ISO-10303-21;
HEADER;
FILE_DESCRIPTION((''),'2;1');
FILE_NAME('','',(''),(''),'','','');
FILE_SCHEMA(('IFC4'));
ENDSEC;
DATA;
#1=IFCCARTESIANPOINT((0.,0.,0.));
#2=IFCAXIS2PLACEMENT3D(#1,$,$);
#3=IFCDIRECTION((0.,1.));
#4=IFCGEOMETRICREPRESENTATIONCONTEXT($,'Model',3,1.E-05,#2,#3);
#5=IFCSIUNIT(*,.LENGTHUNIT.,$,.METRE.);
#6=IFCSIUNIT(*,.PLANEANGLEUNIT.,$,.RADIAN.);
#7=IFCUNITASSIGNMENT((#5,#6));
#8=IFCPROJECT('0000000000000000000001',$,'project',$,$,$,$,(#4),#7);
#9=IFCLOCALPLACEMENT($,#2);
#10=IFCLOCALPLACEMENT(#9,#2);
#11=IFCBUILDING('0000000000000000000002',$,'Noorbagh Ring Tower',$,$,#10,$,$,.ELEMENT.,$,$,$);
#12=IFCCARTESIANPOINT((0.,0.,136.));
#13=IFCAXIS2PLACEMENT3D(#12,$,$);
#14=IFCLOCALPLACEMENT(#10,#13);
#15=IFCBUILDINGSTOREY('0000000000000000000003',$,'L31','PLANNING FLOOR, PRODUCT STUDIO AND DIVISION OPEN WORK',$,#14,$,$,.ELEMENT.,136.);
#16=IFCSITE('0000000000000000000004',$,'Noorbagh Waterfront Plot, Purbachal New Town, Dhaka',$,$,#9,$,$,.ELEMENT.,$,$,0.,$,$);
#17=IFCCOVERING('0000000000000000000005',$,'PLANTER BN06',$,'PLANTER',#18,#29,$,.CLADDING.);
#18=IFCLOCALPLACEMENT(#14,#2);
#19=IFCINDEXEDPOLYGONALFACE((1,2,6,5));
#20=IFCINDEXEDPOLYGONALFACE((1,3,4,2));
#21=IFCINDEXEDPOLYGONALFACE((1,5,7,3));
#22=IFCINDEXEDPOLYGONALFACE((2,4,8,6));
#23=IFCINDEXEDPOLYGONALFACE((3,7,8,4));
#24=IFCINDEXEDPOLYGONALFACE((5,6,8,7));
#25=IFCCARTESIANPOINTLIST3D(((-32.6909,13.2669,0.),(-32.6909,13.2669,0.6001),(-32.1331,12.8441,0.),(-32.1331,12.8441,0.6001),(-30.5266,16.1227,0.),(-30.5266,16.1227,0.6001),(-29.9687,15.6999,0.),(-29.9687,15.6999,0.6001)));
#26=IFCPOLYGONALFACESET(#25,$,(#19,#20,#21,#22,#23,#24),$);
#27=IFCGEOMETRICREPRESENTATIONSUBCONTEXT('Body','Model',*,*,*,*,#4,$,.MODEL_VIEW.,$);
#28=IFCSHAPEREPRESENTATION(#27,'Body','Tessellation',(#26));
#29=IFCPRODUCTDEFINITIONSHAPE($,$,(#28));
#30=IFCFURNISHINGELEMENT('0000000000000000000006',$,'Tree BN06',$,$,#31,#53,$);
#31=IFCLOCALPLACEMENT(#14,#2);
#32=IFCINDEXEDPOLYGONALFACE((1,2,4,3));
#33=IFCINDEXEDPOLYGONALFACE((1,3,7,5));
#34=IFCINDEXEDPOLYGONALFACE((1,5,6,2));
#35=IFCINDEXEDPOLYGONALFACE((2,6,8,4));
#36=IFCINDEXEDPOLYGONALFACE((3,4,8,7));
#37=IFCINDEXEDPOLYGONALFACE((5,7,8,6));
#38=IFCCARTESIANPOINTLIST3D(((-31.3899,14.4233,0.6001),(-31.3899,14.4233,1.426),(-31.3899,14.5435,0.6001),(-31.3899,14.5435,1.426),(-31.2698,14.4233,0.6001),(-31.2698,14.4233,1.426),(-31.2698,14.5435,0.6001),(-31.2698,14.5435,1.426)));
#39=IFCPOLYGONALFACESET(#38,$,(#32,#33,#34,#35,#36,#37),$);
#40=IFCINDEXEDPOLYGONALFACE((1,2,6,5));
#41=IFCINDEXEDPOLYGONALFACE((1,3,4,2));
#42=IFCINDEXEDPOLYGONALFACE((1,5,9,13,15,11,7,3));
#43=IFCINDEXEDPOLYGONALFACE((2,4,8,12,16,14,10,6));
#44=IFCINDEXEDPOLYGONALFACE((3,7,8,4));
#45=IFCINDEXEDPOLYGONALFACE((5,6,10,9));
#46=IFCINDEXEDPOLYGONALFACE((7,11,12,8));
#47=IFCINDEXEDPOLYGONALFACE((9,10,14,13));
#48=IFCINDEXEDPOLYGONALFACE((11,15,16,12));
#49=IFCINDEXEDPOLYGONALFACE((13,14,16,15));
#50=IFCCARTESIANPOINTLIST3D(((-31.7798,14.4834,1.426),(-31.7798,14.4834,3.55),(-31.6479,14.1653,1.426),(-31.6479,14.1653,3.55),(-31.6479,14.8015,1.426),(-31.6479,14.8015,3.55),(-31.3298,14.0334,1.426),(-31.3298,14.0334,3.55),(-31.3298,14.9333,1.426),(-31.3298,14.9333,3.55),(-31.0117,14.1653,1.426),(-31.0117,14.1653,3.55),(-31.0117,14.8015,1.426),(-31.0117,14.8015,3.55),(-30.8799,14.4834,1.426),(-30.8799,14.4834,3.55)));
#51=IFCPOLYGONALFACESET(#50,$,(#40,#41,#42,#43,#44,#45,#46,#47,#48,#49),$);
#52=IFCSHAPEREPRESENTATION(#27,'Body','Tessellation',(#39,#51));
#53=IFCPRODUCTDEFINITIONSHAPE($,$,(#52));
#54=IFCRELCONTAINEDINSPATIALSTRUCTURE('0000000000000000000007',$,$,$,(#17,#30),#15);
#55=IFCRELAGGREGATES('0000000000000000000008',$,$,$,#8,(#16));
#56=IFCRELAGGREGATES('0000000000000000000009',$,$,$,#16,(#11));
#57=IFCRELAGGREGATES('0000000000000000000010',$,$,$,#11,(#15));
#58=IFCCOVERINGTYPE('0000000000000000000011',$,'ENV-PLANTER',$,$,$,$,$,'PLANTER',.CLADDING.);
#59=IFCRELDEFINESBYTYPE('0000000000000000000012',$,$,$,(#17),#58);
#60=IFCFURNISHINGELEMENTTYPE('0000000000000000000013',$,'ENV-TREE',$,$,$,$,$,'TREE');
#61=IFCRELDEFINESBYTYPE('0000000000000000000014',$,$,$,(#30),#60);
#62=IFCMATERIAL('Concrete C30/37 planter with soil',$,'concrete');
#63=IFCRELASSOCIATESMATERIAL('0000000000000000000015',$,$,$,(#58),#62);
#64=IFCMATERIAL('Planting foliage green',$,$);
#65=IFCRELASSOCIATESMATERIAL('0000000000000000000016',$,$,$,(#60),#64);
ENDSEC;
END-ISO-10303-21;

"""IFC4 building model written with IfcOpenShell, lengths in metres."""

from ifc_helpers import new_model, si_unit, direction, frame, origin, origin_2d, place, context, subcontext, project, spatial, polyline, rectangle, outline, extrude, material, type_object, element, save


model = new_model("IFC4")

# Units and contexts
model_context = context("Model", 3, precision=1e-05, world=origin(), true_north=direction((0.0, 1.0)))
body_context = subcontext(model_context, "Body", "Model", "MODEL_VIEW")
ifc_project = project(units=[si_unit("LENGTHUNIT", "METRE"), si_unit("PLANEANGLEUNIT", "RADIAN")], contexts=[model_context])

# Site, building, storey
site_placement = place(None, origin())
site = spatial("IfcSite", under=ifc_project, at=site_placement, Name="Noorbagh Waterfront Plot, Purbachal New Town, Dhaka", CompositionType="ELEMENT", RefElevation=0.0)
building_placement = place(site_placement, origin())
building = spatial("IfcBuilding", under=site, at=building_placement, Name="Noorbagh Ring Tower", CompositionType="ELEMENT")
storey_placement = place(building_placement, frame((0.0, 0.0, 136.0)))
storey = spatial("IfcBuildingStorey", under=building, at=storey_placement, Name="L31", Description="PLANNING FLOOR, PRODUCT STUDIO AND DIVISION OPEN WORK", CompositionType="ELEMENT", Elevation=136.0)

# Covering
ifc_material_1 = material(Name="Concrete C30/37 planter with soil", Category="concrete")
covering_type = type_object("IfcCoveringType", Name="ENV-PLANTER", ElementType="PLANTER", PredefinedType="CLADDING", material=ifc_material_1)
covering_placement = place(storey_placement, frame((-31.3298, 14.4834, 0.0), z_axis=(0.0, 0.0, 1.0), x_axis=(-0.60402, -0.796969, 0.0)))
element("IfcCovering", 1, at=covering_placement, inside=storey, type_object=covering_type, Name="PLANTER BN06", ObjectType="PLANTER", PredefinedType="CLADDING", context=body_context, shape_type="SweptSolid", body=[
    extrude(rectangle(XDim=3.5833, YDim=0.7, at=origin_2d()), origin(), (0.0, 0.0, 1.0), 0.6001),
])

# Furnishing element
ifc_material_2 = material(Name="Planting foliage green")
furnishing_element_type = type_object("IfcFurnishingElementType", Name="ENV-TREE", ElementType="TREE", material=ifc_material_2)
furnishing_placement = place(storey_placement, frame((-31.3298, 14.4834, 0.6001), z_axis=(0.0, 0.0, 1.0), x_axis=(1.0, 0.0, 0.0)))
element("IfcFurnishingElement", 2, at=furnishing_placement, inside=storey, type_object=furnishing_element_type, Name="Tree BN06", context=body_context, shape_type="SweptSolid", body=[
    extrude(rectangle(XDim=0.1201, YDim=0.1201, at=origin_2d()), origin(), (0.0, 0.0, 1.0), 0.8259),
    extrude(outline(polyline([(0.45, 0.0), (0.3181, 0.3181), (0.0, 0.45), (-0.3181, 0.3181), (-0.45, 0.0), (-0.3181, -0.3181), (0.0, -0.45), (0.3181, -0.3181), (0.45, 0.0)])), frame((0.0, 0.0, 0.8259)), (0.0, 0.0, 1.0), 2.124),
])

save(model, "model.ifc")
